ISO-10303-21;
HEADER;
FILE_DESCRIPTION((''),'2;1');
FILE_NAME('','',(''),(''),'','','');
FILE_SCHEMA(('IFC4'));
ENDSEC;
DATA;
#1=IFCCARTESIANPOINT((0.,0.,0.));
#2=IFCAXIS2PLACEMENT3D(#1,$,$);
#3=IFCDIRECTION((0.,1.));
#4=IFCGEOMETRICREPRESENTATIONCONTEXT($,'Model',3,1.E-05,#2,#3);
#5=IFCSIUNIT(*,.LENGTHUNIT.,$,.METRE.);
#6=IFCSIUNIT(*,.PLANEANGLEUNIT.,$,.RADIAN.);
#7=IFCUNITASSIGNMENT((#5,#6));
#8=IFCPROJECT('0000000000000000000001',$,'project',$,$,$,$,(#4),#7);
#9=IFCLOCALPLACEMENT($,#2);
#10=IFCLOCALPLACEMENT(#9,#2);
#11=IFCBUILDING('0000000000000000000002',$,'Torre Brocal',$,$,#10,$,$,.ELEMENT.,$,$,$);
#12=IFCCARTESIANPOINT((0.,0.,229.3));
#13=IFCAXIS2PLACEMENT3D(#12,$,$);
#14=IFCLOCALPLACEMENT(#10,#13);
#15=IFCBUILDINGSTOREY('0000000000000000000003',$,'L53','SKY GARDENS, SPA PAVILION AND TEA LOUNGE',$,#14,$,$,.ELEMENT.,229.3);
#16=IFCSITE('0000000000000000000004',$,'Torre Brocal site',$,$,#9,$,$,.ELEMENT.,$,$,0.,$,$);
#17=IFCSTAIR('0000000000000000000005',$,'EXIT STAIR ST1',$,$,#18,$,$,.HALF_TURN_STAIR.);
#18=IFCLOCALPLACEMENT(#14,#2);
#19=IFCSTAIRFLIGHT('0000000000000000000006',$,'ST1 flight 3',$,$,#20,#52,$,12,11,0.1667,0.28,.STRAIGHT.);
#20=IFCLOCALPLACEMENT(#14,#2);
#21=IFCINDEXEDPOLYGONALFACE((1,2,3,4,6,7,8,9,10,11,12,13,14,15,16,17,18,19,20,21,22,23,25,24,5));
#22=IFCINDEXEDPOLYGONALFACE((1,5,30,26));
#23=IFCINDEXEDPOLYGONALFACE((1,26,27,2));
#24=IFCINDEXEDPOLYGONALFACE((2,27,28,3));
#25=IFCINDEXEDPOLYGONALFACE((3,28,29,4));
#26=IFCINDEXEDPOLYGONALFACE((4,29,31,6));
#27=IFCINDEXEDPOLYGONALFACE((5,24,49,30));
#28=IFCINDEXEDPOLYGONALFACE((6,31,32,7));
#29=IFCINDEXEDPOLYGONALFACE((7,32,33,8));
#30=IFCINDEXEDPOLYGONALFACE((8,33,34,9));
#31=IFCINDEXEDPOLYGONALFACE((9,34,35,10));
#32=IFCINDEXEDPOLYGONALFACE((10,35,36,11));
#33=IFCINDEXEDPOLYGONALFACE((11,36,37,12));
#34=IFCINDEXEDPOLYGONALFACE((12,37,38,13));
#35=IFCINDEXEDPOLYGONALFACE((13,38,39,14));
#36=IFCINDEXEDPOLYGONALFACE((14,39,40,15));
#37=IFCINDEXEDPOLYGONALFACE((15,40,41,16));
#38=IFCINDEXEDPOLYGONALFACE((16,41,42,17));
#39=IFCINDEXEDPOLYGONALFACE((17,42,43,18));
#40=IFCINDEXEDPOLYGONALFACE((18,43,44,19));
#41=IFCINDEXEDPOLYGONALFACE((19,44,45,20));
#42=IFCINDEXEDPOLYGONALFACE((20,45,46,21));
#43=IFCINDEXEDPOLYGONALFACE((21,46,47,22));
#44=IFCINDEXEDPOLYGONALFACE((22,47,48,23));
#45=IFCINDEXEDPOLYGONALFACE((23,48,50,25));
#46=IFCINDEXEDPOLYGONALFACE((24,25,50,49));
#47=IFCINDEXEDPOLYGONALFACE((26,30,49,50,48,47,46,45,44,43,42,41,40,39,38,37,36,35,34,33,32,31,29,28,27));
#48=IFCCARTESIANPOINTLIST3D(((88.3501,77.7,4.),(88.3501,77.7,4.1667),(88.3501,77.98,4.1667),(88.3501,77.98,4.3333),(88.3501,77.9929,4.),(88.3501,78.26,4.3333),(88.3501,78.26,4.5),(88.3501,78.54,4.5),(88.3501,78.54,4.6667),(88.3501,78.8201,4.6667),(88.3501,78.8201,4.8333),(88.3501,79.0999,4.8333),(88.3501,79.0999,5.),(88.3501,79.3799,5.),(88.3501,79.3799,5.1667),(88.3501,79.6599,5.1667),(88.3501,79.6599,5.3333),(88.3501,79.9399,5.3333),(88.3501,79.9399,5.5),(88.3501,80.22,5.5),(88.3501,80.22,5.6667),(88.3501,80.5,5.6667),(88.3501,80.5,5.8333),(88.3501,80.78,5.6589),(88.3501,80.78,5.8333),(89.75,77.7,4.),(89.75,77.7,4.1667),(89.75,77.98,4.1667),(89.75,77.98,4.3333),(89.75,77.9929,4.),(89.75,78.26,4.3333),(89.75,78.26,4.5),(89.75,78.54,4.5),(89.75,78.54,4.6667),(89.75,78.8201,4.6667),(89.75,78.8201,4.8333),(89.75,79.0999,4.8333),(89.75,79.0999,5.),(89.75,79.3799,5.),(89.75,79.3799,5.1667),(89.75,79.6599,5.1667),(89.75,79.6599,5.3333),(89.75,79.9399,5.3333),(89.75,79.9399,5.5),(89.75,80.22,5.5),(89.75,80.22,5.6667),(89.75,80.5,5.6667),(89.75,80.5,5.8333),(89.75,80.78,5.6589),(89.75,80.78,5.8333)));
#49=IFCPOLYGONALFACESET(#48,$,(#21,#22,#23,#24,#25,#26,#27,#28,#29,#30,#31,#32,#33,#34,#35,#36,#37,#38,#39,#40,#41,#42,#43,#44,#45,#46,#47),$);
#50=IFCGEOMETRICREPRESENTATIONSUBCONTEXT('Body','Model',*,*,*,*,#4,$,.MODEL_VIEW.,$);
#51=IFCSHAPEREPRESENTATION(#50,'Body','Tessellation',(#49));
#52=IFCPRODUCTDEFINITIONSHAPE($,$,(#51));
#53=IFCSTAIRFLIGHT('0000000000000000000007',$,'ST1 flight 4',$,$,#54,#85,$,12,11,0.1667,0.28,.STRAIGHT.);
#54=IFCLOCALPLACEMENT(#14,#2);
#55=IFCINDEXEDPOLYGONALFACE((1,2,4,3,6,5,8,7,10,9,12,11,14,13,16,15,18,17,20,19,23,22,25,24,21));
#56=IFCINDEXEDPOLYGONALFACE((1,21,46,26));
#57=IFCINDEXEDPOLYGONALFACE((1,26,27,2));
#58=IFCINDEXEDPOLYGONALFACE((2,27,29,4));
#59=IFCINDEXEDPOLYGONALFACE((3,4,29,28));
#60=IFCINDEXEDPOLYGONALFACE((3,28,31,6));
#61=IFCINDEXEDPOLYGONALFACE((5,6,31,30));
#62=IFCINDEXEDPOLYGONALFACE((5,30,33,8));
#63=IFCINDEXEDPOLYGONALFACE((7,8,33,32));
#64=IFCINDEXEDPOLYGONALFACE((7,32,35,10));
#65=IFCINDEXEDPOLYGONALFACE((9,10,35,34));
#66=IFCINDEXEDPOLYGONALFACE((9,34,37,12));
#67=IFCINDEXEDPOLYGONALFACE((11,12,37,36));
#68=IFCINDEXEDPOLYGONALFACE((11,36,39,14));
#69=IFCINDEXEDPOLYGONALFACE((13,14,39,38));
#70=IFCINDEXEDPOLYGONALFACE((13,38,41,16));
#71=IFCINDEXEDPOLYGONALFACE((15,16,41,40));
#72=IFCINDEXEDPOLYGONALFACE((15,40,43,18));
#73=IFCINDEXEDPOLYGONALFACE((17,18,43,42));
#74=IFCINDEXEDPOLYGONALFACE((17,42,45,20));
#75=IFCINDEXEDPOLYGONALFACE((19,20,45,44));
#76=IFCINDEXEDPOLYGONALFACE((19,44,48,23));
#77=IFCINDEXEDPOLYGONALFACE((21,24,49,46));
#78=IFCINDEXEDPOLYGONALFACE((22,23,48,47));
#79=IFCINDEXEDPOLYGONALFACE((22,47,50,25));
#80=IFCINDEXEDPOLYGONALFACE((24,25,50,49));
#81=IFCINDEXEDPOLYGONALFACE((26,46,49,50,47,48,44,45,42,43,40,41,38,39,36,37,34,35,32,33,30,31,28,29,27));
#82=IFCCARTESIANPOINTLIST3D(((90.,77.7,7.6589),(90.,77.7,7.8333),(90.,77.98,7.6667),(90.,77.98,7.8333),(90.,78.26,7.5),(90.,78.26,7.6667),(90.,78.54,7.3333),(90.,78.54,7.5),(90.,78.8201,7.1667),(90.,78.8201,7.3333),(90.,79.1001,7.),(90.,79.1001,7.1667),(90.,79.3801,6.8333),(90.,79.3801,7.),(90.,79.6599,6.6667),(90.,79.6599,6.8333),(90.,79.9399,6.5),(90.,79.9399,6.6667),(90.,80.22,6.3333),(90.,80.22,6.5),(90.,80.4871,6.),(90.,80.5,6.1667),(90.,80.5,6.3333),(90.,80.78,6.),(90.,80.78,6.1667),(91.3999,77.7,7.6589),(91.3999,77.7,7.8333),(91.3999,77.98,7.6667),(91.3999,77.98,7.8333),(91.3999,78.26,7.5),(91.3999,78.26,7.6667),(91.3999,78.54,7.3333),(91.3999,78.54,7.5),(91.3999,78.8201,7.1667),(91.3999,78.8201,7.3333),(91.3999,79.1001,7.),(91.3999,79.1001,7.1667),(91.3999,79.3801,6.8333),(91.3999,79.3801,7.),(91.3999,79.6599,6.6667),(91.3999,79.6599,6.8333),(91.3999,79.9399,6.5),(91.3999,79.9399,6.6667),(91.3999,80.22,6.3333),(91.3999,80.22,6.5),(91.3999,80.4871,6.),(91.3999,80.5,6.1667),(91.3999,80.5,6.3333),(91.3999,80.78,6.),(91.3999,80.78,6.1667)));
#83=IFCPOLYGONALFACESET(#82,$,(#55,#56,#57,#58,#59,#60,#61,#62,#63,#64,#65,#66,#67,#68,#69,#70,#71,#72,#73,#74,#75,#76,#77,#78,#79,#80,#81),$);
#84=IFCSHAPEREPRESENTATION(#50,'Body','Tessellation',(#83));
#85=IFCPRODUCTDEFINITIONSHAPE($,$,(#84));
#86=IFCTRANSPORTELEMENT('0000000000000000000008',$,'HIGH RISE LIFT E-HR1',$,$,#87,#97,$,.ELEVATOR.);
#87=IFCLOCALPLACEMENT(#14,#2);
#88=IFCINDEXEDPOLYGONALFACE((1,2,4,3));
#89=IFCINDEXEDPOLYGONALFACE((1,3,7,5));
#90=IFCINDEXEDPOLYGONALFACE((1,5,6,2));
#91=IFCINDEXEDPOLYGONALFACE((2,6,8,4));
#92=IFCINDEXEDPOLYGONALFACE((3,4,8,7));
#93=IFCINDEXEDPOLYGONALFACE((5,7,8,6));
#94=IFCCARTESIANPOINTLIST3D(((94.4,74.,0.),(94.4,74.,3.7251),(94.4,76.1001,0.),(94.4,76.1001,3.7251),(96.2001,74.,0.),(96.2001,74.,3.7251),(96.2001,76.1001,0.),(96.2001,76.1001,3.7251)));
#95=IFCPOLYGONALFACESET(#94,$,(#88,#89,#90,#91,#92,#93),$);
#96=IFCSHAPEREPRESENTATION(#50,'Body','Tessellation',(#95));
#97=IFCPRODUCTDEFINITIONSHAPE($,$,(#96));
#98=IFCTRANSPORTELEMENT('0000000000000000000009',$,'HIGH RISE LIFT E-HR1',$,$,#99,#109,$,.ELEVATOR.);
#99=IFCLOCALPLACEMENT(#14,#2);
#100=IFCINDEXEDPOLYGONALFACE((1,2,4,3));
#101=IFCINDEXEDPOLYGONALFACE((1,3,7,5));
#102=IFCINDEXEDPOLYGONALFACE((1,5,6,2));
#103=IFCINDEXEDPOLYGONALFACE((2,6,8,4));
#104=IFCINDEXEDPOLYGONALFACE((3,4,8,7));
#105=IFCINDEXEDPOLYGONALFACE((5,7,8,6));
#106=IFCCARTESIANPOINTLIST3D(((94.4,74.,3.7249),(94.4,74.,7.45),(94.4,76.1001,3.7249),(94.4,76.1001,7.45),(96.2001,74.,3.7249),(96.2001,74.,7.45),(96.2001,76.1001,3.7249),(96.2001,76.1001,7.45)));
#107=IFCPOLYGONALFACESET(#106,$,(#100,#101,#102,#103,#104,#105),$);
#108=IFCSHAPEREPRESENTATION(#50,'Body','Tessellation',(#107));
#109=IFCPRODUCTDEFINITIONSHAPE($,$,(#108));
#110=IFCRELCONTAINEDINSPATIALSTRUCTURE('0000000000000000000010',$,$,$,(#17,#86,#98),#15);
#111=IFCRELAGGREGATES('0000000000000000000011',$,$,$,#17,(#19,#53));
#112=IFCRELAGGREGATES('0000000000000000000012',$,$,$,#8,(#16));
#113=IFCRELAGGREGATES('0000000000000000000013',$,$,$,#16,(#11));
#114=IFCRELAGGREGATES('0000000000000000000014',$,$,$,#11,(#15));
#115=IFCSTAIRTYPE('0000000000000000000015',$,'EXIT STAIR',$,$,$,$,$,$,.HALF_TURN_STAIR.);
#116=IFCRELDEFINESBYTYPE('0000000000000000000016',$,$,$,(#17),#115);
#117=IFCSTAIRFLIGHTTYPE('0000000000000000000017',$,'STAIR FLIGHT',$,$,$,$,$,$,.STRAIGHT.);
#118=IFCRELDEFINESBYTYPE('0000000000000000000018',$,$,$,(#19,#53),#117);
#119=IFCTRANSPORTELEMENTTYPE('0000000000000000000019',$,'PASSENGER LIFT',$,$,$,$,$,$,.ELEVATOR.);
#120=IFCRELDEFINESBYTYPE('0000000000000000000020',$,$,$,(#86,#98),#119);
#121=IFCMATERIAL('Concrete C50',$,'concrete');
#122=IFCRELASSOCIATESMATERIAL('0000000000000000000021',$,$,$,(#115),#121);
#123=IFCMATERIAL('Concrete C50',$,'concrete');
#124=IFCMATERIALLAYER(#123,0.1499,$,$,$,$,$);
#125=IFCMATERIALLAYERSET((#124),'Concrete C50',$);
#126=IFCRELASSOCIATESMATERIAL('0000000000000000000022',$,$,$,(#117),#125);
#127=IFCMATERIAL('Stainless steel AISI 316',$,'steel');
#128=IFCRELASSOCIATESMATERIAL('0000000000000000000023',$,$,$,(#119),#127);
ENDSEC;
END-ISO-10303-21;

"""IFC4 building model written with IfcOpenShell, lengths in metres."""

from ifc_helpers import new_model, si_unit, direction, frame, origin, origin_2d, place, context, subcontext, project, spatial, polyline, rectangle, outline, extrude, material, layer, layer_set, type_object, element, aggregate, save


model = new_model("IFC4")

# Units and contexts
model_context = context("Model", 3, precision=1e-05, world=origin(), true_north=direction((0.0, 1.0)))
body_context = subcontext(model_context, "Body", "Model", "MODEL_VIEW")
ifc_project = project(units=[si_unit("LENGTHUNIT", "METRE"), si_unit("PLANEANGLEUNIT", "RADIAN")], contexts=[model_context])

# Site, building, storey
site_placement = place(None, origin())
site = spatial("IfcSite", under=ifc_project, at=site_placement, Name="Torre Brocal site", CompositionType="ELEMENT", RefElevation=0.0)
building_placement = place(site_placement, origin())
building = spatial("IfcBuilding", under=site, at=building_placement, Name="Torre Brocal", CompositionType="ELEMENT")
storey_placement = place(building_placement, frame((0.0, 0.0, 229.3)))
storey = spatial("IfcBuildingStorey", under=building, at=storey_placement, Name="L53", Description="SKY GARDENS, SPA PAVILION AND TEA LOUNGE", CompositionType="ELEMENT", Elevation=229.3)

# Stair, stair flights
ifc_material_1 = material(Name="Concrete C50", Category="concrete")
stair_type = type_object("IfcStairType", Name="EXIT STAIR", PredefinedType="HALF_TURN_STAIR", material=ifc_material_1)
stair_placement = place(storey_placement, origin())
stair = element("IfcStair", 1, at=stair_placement, inside=storey, type_object=stair_type, Name="EXIT STAIR ST1", PredefinedType="HALF_TURN_STAIR")
ifc_material_2 = material(Name="Concrete C50", Category="concrete")
ifc_layer_1 = layer(ifc_material_2, 0.1499)
ifc_layer_set_1 = layer_set([ifc_layer_1], Name="Concrete C50")
stair_flight_type = type_object("IfcStairFlightType", Name="STAIR FLIGHT", PredefinedType="STRAIGHT", material=ifc_layer_set_1)
stair_flight_1_placement = place(storey_placement, frame((89.05, 77.7, 4.0), z_axis=(0.0, 0.0, 1.0), x_axis=(0.0, 1.0, 0.0)))
stair_flight_1 = element("IfcStairFlight", 2, at=stair_flight_1_placement, type_object=stair_flight_type, Name="ST1 flight 3", NumberOfRisers=12, NumberOfTreads=11, PredefinedType="STRAIGHT", RiserHeight=0.1667, TreadLength=0.28, context=body_context, shape_type="SweptSolid", body=[
    extrude(outline(polyline([(0.0, 0.0), (0.0, 0.1667), (0.28, 0.1667), (0.28, 0.3333), (0.5601, 0.3333), (0.5601, 0.5), (0.8401, 0.5), (0.8401, 0.6667), (1.1201, 0.6667), (1.1201, 0.8333), (1.3999, 0.8333), (1.3999, 1.0), (1.6799, 1.0), (1.6799, 1.1667), (1.96, 1.1667), (1.96, 1.3333), (2.24, 1.3333), (2.24, 1.5), (2.52, 1.5), (2.52, 1.6667), (2.8, 1.6667), (2.8, 1.8333), (3.0801, 1.8333), (3.0801, 2.0), (3.0801, 1.6589), (0.293, 0.0), (0.0, 0.0)])), frame((0.0, 0.7, 0.0), z_axis=(0.0, -1.0, 0.0), x_axis=(1.0, 0.0, 0.0)), (0.0, 0.0, 1.0), 1.3999),
])
stair_flight_2_placement = place(storey_placement, frame((90.7, 80.78, 6.0), z_axis=(0.0, 0.0, 1.0), x_axis=(0.0, -1.0, 0.0)))
stair_flight_2 = element("IfcStairFlight", 3, at=stair_flight_2_placement, type_object=stair_flight_type, Name="ST1 flight 4", NumberOfRisers=12, NumberOfTreads=11, PredefinedType="STRAIGHT", RiserHeight=0.1667, TreadLength=0.28, context=body_context, shape_type="SweptSolid", body=[
    extrude(outline(polyline([(0.0, 0.0), (0.0, 0.1667), (0.28, 0.1667), (0.28, 0.3333), (0.5601, 0.3333), (0.5601, 0.5), (0.8401, 0.5), (0.8401, 0.6667), (1.1201, 0.6667), (1.1201, 0.8333), (1.3999, 0.8333), (1.3999, 1.0), (1.6799, 1.0), (1.6799, 1.1667), (1.96, 1.1667), (1.96, 1.3333), (2.24, 1.3333), (2.24, 1.5), (2.52, 1.5), (2.52, 1.6667), (2.8, 1.6667), (2.8, 1.8333), (3.0801, 1.8333), (3.0801, 2.0), (3.0801, 1.6589), (0.293, 0.0), (0.0, 0.0)])), frame((0.0, 0.7, 0.0), z_axis=(0.0, -1.0, 0.0), x_axis=(1.0, 0.0, 0.0)), (0.0, 0.0, 1.0), 1.3999),
])
aggregate(stair, [stair_flight_1, stair_flight_2])

# Transport elements
ifc_material_3 = material(Name="Stainless steel AISI 316", Category="steel")
transport_element_type = type_object("IfcTransportElementType", Name="PASSENGER LIFT", PredefinedType="ELEVATOR", material=ifc_material_3)
for number, where, z_axis, x_axis, name in (
    (4, (95.3, 75.05, 0.0), (0.0, 0.0, 1.0), (1.0, 0.0, 0.0), "HIGH RISE LIFT E-HR1"),
    (5, (95.3, 75.05, 3.7249), (0.0, 0.0, 1.0), (1.0, 0.0, 0.0), "HIGH RISE LIFT E-HR1"),
):
    element("IfcTransportElement", number, at=place(storey_placement, frame(where, z_axis=z_axis, x_axis=x_axis)), inside=storey, type_object=transport_element_type, Name=name, PredefinedType="ELEVATOR", context=body_context, shape_type="SweptSolid", body=[
        extrude(rectangle(XDim=1.8, YDim=2.1001, at=origin_2d()), origin(), (0.0, 0.0, 1.0), 3.7251),
    ])

save(model, "model.ifc")
